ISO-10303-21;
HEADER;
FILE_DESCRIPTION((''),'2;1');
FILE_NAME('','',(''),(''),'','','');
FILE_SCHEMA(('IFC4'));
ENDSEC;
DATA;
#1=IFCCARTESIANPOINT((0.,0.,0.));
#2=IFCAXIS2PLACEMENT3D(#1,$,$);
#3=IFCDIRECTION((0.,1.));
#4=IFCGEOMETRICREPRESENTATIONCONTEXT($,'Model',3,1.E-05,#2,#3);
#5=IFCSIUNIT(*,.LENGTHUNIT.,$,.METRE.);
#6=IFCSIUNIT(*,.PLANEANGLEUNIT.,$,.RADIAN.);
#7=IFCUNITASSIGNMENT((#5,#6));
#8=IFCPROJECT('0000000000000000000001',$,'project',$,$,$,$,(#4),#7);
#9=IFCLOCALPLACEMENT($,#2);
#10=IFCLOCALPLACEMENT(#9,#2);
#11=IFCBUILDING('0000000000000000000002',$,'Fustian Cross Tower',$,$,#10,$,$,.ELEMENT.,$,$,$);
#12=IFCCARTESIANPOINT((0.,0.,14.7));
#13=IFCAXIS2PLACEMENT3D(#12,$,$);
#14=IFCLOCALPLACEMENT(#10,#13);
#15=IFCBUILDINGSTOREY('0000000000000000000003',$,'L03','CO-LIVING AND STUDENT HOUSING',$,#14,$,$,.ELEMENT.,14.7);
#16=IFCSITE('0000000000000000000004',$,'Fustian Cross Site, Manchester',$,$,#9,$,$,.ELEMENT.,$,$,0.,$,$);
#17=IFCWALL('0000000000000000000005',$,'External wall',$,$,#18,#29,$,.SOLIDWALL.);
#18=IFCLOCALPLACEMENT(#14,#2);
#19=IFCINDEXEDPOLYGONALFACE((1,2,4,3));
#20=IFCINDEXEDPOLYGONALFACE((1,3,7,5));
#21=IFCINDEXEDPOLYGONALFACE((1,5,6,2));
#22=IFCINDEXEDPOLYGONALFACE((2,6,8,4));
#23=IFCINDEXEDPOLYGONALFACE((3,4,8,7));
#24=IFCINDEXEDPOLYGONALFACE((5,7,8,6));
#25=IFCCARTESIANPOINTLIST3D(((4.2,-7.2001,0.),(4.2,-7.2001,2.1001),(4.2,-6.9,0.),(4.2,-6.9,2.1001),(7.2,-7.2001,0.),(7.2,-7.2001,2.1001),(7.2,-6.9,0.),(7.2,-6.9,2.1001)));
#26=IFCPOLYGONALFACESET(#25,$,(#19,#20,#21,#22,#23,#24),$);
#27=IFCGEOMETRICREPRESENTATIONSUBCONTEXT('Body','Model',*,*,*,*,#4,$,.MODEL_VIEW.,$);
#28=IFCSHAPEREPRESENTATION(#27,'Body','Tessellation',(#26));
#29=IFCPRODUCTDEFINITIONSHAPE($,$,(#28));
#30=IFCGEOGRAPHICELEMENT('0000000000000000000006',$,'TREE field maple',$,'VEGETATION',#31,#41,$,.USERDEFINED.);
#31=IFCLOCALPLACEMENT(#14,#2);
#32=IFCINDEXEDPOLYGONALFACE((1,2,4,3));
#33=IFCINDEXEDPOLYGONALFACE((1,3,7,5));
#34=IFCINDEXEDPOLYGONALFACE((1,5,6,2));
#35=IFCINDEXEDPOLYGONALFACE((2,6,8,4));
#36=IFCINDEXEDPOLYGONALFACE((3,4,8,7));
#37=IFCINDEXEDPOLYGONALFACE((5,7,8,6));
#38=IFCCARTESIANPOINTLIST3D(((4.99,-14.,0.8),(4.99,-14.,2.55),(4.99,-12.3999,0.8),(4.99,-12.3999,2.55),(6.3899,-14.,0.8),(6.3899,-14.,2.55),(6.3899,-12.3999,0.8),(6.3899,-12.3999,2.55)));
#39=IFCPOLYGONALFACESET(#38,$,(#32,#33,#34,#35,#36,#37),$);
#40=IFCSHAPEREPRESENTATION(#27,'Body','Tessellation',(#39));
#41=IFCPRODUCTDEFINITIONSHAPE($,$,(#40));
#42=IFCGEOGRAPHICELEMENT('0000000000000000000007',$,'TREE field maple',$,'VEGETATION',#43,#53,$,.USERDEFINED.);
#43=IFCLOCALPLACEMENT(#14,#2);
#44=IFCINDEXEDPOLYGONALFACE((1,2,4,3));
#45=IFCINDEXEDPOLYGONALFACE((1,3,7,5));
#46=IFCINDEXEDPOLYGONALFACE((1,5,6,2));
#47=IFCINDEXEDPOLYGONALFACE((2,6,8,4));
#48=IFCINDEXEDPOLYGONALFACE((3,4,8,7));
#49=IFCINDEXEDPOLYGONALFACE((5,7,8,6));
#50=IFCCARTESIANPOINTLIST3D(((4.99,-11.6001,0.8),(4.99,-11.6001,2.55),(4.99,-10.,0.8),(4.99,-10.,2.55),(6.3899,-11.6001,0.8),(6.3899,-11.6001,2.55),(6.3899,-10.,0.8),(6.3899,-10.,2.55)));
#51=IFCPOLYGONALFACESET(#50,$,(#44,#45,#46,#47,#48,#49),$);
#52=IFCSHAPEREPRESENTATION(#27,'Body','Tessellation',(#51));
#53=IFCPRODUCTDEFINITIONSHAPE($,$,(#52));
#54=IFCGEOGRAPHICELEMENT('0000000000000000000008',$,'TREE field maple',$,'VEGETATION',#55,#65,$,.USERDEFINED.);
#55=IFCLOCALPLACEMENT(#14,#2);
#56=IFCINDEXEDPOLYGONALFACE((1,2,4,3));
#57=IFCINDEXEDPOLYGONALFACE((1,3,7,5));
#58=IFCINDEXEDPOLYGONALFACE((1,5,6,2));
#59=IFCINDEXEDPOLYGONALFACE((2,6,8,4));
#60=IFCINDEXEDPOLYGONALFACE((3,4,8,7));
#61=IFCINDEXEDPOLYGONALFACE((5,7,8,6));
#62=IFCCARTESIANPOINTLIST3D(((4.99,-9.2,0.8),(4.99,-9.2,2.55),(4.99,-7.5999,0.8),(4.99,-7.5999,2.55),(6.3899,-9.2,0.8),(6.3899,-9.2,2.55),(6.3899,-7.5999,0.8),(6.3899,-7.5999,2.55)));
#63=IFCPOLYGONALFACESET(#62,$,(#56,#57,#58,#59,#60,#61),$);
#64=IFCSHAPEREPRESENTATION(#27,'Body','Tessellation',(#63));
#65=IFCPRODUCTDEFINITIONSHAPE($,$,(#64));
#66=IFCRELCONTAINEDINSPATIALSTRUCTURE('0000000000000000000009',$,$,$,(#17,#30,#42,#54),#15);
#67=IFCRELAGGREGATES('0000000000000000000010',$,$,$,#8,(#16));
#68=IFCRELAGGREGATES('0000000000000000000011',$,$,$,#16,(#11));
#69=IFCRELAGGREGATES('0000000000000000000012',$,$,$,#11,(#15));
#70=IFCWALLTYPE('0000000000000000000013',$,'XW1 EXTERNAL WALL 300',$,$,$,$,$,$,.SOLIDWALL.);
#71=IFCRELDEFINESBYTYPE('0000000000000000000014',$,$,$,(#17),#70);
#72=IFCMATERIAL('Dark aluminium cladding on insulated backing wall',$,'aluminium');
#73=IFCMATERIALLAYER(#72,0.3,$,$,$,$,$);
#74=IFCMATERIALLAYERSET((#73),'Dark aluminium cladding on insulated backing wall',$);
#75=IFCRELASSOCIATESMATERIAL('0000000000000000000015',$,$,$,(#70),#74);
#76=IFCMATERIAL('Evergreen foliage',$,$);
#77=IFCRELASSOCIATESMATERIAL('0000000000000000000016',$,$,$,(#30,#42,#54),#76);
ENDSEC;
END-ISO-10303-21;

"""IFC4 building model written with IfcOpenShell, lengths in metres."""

from ifc_helpers import new_model, si_unit, direction, frame, frame_2d, origin, origin_2d, place, context, subcontext, project, spatial, rectangle, extrude, material, layer, layer_set, type_object, element, save


model = new_model("IFC4")

# Units and contexts
model_context = context("Model", 3, precision=1e-05, world=origin(), true_north=direction((0.0, 1.0)))
body_context = subcontext(model_context, "Body", "Model", "MODEL_VIEW")
ifc_project = project(units=[si_unit("LENGTHUNIT", "METRE"), si_unit("PLANEANGLEUNIT", "RADIAN")], contexts=[model_context])

# Site, building, storey
site_placement = place(None, origin())
site = spatial("IfcSite", under=ifc_project, at=site_placement, Name="Fustian Cross Site, Manchester", CompositionType="ELEMENT", RefElevation=0.0)
building_placement = place(site_placement, origin())
building = spatial("IfcBuilding", under=site, at=building_placement, Name="Fustian Cross Tower", CompositionType="ELEMENT")
storey_placement = place(building_placement, frame((0.0, 0.0, 14.7)))
storey = spatial("IfcBuildingStorey", under=building, at=storey_placement, Name="L03", Description="CO-LIVING AND STUDENT HOUSING", CompositionType="ELEMENT", Elevation=14.7)

# Shared definitions
ifc_material_1 = material(Name="Dark aluminium cladding on insulated backing wall", Category="aluminium")
ifc_layer_1 = layer(ifc_material_1, 0.3)
ifc_layer_set_1 = layer_set([ifc_layer_1], Name="Dark aluminium cladding on insulated backing wall")
wall_type_1 = type_object("IfcWallType", Name="XW1 EXTERNAL WALL 300", PredefinedType="SOLIDWALL", material=ifc_layer_set_1)

# Wall
wall_1_placement = place(storey_placement, frame((4.2, -7.05, 0.0), z_axis=(0.0, 0.0, 1.0), x_axis=(1.0, 0.0, 0.0)))
element("IfcWall", 1, at=wall_1_placement, inside=storey, type_object=wall_type_1, Name="External wall", PredefinedType="SOLIDWALL", context=body_context, shape_type="SweptSolid", body=[
    extrude(rectangle(XDim=3.0, YDim=0.3, at=frame_2d((1.5, 0.0))), origin(), (0.0, 0.0, 1.0), 2.1001),
])

# Geographic elements
ifc_material_2 = material(Name="Evergreen foliage")
for number, where, z_axis, x_axis, name in (
    (2, (5.6899, -13.2, 0.8), (0.0, 0.0, 1.0), (1.0, 0.0, 0.0), "TREE field maple"),
    (3, (5.6899, -10.8, 0.8), (0.0, 0.0, 1.0), (1.0, 0.0, 0.0), "TREE field maple"),
    (4, (5.6899, -8.3999, 0.8), (0.0, 0.0, 1.0), (1.0, 0.0, 0.0), "TREE field maple"),
):
    element("IfcGeographicElement", number, at=place(storey_placement, frame(where, z_axis=z_axis, x_axis=x_axis)), inside=storey, material=ifc_material_2, Name=name, ObjectType="VEGETATION", PredefinedType="USERDEFINED", context=body_context, shape_type="SweptSolid", body=[
        extrude(rectangle(XDim=1.3999, YDim=1.6001, at=origin_2d()), origin(), (0.0, 0.0, 1.0), 1.75),
    ])

save(model, "model.ifc")
